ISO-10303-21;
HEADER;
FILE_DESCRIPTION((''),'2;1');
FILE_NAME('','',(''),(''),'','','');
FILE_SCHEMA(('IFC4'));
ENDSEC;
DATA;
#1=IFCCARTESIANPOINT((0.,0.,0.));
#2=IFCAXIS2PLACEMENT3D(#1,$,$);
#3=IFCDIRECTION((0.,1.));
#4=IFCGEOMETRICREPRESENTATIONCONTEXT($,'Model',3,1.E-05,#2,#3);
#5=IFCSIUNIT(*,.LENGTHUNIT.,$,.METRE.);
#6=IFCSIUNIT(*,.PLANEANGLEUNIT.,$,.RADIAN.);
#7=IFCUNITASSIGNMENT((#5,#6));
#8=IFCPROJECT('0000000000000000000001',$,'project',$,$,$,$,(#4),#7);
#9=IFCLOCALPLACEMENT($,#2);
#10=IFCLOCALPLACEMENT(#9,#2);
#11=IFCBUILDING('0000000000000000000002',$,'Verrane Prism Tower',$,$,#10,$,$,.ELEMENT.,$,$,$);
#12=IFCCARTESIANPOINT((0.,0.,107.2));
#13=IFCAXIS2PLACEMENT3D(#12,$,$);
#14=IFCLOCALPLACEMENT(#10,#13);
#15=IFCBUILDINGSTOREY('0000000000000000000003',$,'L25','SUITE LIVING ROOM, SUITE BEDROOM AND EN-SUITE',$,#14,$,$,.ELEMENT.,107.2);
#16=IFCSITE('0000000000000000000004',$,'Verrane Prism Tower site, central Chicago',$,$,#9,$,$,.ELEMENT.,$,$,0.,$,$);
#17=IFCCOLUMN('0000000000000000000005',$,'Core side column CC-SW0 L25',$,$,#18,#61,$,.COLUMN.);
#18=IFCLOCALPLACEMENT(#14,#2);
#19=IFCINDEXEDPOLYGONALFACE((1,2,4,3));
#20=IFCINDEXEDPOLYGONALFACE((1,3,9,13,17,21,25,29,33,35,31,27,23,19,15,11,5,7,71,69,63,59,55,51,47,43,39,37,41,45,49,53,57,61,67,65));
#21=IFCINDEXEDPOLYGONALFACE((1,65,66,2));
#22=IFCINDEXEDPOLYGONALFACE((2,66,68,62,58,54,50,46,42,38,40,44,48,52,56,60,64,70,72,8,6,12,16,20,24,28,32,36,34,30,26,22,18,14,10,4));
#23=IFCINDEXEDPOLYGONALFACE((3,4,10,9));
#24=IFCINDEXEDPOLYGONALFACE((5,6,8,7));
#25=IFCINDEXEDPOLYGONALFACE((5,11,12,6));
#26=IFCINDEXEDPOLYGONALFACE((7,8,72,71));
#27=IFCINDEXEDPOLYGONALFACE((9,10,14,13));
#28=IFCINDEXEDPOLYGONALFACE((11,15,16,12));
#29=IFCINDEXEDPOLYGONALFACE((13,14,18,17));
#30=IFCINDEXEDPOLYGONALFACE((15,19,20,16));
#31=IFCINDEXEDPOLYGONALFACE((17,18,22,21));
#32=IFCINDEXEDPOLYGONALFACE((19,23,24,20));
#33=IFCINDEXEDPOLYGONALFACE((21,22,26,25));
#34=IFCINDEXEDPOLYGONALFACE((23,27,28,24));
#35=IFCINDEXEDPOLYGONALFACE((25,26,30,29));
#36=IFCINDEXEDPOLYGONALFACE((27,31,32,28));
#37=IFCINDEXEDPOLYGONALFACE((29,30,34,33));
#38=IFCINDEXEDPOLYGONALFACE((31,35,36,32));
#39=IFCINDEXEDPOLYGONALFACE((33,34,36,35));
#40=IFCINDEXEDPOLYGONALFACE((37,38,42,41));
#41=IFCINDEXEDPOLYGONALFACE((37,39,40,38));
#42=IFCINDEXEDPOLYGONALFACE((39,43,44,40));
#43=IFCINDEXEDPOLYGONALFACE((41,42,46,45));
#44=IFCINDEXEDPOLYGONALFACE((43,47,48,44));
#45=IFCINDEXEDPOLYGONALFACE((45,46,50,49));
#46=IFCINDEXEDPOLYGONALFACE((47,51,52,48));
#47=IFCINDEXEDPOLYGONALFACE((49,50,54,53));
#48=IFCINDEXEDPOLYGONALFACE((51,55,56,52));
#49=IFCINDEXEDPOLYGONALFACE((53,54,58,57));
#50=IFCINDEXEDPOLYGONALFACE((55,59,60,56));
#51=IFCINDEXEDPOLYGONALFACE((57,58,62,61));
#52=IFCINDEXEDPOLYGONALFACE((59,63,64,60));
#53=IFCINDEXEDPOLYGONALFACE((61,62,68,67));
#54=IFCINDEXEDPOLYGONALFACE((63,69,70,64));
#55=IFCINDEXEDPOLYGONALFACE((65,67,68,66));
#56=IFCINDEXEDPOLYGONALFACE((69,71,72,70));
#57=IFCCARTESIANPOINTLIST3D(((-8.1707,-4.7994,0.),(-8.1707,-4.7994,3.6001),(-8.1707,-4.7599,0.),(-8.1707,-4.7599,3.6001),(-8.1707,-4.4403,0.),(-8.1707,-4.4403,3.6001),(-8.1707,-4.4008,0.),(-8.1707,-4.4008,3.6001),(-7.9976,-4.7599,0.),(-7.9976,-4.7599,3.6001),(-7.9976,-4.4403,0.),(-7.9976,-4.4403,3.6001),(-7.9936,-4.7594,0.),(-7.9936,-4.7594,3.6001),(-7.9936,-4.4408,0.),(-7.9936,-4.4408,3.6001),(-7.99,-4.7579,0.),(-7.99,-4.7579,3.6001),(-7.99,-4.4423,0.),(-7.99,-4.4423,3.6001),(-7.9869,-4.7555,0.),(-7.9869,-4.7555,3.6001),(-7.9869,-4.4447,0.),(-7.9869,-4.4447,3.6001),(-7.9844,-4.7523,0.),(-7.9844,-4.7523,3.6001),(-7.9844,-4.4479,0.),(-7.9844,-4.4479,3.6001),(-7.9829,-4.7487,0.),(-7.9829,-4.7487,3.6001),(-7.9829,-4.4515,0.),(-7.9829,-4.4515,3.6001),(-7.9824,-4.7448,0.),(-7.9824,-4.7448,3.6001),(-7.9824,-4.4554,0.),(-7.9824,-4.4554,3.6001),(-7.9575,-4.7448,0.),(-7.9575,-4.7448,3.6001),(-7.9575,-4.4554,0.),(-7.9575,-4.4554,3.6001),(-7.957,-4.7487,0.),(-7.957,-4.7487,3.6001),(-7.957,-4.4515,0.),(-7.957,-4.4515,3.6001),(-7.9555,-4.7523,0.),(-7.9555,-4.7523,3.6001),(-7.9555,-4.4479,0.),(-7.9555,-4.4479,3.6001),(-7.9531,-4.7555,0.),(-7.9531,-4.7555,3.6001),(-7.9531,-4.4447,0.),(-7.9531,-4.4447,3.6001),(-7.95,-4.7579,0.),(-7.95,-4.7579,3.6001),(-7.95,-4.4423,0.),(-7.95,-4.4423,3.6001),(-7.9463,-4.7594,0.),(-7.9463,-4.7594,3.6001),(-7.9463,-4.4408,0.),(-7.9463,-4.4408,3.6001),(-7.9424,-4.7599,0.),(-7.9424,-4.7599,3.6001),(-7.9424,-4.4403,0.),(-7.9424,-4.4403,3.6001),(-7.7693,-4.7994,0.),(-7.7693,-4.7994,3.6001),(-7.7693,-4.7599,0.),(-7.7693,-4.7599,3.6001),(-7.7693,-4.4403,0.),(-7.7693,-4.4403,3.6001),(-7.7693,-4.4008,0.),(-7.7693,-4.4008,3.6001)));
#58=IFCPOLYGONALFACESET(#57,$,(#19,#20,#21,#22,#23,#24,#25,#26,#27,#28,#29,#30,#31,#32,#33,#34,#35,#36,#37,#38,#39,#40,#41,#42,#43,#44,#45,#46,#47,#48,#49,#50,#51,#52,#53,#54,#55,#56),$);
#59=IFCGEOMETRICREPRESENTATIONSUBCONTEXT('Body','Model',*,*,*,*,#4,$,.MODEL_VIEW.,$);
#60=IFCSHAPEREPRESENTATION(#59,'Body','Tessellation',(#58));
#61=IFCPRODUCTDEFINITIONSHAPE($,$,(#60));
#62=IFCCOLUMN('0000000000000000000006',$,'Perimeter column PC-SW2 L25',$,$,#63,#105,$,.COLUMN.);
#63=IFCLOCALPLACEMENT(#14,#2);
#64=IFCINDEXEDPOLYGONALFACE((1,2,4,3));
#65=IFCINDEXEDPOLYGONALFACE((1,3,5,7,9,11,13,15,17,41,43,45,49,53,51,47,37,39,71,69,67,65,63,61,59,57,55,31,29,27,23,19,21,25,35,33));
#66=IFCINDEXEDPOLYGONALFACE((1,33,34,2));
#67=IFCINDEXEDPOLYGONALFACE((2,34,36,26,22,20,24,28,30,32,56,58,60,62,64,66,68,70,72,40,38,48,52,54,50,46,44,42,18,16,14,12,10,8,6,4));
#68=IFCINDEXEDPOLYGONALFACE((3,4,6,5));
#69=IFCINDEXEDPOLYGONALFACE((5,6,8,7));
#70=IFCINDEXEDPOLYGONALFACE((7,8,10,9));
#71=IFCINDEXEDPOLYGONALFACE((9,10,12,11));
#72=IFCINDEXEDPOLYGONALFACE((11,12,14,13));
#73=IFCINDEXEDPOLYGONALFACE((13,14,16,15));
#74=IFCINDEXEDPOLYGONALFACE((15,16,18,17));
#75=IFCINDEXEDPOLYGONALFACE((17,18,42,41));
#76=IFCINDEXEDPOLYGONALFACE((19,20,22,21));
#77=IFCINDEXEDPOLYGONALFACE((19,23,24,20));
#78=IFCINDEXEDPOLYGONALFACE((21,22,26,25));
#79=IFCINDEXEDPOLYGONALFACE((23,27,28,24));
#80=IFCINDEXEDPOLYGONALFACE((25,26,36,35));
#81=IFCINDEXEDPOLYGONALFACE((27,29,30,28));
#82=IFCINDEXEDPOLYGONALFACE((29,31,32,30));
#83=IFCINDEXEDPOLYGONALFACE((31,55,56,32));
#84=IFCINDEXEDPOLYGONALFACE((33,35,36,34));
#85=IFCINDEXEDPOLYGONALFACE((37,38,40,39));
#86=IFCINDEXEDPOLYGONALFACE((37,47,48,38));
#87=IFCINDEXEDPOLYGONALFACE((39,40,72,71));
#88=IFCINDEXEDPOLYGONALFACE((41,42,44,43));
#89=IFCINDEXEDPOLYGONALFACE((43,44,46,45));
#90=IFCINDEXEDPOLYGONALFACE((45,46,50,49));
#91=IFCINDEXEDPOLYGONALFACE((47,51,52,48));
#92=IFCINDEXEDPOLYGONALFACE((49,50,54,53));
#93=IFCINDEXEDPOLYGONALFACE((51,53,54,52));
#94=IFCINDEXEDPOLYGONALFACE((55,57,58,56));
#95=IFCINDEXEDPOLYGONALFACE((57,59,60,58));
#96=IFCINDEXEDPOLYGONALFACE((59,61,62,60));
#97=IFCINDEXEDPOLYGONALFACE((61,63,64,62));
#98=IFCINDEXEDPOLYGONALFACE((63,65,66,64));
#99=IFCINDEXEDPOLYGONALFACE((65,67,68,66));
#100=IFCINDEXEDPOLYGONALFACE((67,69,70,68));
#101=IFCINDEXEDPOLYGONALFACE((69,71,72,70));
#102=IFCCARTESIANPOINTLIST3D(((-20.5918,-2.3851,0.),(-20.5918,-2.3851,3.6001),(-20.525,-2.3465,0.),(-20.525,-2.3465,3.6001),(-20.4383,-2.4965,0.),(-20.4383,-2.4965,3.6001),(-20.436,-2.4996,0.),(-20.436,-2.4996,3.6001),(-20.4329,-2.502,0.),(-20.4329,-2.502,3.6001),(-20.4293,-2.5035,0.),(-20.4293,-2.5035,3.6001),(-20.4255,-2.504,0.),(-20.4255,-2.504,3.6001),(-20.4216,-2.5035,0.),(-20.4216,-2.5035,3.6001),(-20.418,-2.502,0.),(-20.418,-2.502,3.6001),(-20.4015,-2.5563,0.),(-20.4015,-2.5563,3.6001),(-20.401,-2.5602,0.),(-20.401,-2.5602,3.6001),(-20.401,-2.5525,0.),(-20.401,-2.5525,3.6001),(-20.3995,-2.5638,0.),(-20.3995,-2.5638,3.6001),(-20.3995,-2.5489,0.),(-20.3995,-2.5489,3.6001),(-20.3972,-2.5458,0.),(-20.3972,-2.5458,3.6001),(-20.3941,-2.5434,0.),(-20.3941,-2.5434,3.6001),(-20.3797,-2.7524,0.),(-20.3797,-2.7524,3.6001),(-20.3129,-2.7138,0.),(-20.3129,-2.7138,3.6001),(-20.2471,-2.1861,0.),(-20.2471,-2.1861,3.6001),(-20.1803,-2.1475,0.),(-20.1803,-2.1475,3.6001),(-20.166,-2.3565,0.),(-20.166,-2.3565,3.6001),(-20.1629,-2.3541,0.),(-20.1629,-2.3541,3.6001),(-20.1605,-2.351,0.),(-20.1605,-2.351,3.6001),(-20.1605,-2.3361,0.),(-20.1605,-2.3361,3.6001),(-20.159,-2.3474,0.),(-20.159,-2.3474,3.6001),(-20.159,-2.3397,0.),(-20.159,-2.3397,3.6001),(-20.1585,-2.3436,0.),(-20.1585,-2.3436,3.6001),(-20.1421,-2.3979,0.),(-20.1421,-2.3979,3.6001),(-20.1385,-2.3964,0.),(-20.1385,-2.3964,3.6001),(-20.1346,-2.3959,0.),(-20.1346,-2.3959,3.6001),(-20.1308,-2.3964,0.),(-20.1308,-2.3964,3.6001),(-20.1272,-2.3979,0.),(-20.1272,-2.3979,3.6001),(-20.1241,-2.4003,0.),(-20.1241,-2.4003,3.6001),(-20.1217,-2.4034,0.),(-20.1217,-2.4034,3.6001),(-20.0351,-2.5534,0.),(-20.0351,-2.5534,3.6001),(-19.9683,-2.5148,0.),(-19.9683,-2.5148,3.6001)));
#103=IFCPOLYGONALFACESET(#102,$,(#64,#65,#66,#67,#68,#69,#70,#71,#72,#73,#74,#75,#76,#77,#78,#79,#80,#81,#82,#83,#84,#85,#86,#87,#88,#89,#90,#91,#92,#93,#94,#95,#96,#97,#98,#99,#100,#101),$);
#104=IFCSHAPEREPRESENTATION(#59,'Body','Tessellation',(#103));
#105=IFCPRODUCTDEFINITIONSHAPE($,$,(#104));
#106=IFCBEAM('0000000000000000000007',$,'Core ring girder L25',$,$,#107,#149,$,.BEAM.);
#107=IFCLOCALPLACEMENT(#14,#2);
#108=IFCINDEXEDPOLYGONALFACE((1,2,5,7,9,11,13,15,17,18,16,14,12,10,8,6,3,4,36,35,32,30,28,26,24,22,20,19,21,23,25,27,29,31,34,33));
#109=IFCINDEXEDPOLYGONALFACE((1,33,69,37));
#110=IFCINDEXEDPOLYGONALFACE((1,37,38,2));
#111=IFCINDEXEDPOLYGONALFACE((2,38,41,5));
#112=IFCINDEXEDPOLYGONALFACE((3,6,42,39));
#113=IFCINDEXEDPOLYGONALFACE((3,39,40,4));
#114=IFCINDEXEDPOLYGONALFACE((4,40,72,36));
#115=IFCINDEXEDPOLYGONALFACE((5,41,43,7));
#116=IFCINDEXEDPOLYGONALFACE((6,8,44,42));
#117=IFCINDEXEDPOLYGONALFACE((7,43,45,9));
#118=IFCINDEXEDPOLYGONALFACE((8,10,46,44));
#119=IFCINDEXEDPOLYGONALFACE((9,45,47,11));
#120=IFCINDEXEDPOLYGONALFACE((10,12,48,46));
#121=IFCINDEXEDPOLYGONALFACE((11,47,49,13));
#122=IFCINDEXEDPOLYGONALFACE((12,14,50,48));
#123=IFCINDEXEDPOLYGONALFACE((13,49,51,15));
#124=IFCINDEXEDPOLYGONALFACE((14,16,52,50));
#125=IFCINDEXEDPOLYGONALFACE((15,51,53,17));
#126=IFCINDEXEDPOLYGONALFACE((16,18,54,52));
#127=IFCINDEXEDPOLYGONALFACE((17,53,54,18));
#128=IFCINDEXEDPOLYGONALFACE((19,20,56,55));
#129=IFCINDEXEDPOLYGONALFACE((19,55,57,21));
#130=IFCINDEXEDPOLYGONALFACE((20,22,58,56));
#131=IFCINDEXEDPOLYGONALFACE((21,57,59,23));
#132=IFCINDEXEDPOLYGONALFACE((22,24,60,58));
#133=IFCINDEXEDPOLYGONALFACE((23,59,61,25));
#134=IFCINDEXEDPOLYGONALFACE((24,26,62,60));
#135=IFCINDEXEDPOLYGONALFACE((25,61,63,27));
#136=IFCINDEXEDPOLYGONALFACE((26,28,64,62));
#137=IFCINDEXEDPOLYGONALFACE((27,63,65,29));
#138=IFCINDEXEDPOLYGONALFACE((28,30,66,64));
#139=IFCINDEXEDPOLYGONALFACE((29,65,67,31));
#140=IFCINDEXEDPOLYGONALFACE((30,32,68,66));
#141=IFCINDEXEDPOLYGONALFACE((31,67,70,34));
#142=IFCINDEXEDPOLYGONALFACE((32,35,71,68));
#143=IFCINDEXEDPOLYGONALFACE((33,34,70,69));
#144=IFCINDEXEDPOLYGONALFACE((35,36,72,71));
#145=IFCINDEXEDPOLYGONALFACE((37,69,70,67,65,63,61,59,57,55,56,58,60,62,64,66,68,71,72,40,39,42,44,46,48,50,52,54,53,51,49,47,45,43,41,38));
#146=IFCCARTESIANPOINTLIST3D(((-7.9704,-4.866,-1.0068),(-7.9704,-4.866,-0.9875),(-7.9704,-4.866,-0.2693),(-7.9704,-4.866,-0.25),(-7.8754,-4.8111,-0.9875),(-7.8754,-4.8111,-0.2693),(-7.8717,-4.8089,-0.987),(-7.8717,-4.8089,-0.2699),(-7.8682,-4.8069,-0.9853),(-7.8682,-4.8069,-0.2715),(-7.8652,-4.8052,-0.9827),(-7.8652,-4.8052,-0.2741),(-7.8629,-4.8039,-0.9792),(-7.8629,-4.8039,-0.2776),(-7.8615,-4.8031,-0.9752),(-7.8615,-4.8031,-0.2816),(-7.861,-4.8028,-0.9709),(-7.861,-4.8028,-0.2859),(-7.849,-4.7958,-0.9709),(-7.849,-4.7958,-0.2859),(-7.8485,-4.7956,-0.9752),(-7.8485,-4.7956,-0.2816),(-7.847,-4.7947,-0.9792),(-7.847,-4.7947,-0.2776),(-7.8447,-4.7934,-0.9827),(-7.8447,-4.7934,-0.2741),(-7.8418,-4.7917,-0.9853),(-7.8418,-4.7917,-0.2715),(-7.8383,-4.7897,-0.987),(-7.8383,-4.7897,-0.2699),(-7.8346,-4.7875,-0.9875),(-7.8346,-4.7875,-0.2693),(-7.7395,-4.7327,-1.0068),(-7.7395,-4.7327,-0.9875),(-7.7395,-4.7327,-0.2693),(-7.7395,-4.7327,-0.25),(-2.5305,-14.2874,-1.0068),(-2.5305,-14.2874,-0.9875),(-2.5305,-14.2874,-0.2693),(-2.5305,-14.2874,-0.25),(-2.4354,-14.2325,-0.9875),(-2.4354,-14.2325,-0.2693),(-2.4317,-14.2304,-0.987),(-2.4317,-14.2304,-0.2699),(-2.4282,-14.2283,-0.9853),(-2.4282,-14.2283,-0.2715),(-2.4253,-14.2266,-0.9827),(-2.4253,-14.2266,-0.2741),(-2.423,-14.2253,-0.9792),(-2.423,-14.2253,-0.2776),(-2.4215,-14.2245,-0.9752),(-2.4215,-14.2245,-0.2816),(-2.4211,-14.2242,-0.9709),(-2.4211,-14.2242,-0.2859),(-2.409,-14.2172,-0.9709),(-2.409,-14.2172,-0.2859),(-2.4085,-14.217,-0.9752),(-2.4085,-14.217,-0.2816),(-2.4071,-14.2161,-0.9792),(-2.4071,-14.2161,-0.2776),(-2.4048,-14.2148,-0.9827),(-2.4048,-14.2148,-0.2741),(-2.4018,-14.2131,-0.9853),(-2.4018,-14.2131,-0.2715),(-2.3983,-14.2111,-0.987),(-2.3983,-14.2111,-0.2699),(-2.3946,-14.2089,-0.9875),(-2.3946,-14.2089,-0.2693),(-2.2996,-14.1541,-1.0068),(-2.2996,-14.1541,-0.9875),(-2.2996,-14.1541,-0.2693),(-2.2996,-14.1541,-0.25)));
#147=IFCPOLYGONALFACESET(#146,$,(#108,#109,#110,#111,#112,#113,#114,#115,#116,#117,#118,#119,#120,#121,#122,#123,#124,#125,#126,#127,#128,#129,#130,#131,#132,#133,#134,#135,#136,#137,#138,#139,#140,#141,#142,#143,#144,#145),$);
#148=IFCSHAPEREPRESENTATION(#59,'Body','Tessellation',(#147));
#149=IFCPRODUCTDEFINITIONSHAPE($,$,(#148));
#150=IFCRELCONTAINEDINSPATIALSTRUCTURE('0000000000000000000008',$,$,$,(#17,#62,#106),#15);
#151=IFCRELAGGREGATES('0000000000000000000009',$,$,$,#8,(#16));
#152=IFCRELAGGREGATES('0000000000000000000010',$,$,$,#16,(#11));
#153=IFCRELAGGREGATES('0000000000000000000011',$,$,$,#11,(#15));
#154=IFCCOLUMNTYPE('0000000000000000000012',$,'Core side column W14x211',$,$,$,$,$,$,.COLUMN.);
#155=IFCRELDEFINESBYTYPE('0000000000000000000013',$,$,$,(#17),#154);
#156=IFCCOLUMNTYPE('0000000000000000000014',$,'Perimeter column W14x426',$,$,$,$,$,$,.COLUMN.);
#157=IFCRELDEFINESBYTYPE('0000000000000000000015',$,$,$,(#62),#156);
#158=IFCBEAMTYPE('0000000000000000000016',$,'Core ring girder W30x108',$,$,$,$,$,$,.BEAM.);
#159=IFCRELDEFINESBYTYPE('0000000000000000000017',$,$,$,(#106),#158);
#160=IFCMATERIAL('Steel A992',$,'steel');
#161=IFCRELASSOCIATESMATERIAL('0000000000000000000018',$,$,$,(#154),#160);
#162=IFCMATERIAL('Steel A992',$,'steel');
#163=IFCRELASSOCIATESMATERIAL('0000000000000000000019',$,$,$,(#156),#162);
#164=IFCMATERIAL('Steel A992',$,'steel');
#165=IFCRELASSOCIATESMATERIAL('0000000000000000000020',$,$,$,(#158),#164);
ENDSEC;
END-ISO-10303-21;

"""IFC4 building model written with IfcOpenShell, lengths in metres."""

from ifc_helpers import new_model, si_unit, direction, frame, origin, origin_2d, place, context, subcontext, project, spatial, i_section, extrude, material, material_profile, profile_set, type_object, element, save


model = new_model("IFC4")

# Units and contexts
model_context = context("Model", 3, precision=1e-05, world=origin(), true_north=direction((0.0, 1.0)))
body_context = subcontext(model_context, "Body", "Model", "MODEL_VIEW")
ifc_project = project(units=[si_unit("LENGTHUNIT", "METRE"), si_unit("PLANEANGLEUNIT", "RADIAN")], contexts=[model_context])

# Site, building, storey
site_placement = place(None, origin())
site = spatial("IfcSite", under=ifc_project, at=site_placement, Name="Verrane Prism Tower site, central Chicago", CompositionType="ELEMENT", RefElevation=0.0)
building_placement = place(site_placement, origin())
building = spatial("IfcBuilding", under=site, at=building_placement, Name="Verrane Prism Tower", CompositionType="ELEMENT")
storey_placement = place(building_placement, frame((0.0, 0.0, 107.2)))
storey = spatial("IfcBuildingStorey", under=building, at=storey_placement, Name="L25", Description="SUITE LIVING ROOM, SUITE BEDROOM AND EN-SUITE", CompositionType="ELEMENT", Elevation=107.2)

# Columns
ifc_material_1 = material(Name="Steel A992", Category="steel")
ifc_material_profile_1 = material_profile(ifc_material_1, i_section(OverallWidth=0.4014, OverallDepth=0.3987, WebThickness=0.0249, FlangeThickness=0.0396, FilletRadius=0.0151, at=origin_2d()), Name="W14x211")
ifc_profile_set_1 = profile_set([ifc_material_profile_1], Name="Steel A992")
column_type_1 = type_object("IfcColumnType", Name="Core side column W14x211", PredefinedType="COLUMN", material=ifc_profile_set_1)
column_1_placement = place(storey_placement, frame((-7.97, -4.6001, 0.0), z_axis=(0.0, 0.0, 1.0), x_axis=(1.0, 0.0, 0.0)))
element("IfcColumn", 1, at=column_1_placement, inside=storey, type_object=column_type_1, Name="Core side column CC-SW0 L25", PredefinedType="COLUMN", context=body_context, shape_type="SweptSolid", body=[
    extrude(i_section(OverallWidth=0.4014, OverallDepth=0.3987, WebThickness=0.0249, FlangeThickness=0.0396, FilletRadius=0.0151, at=origin_2d()), origin(), (0.0, 0.0, 1.0), 3.6001),
])
ifc_material_2 = material(Name="Steel A992", Category="steel")
ifc_material_profile_2 = material_profile(ifc_material_2, i_section(OverallWidth=0.4241, OverallDepth=0.4751, WebThickness=0.0479, FlangeThickness=0.0771, FilletRadius=0.0149, at=origin_2d()), Name="W14x426")
ifc_profile_set_2 = profile_set([ifc_material_profile_2], Name="Steel A992")
column_type_2 = type_object("IfcColumnType", Name="Perimeter column W14x426", PredefinedType="COLUMN", material=ifc_profile_set_2)
column_2_placement = place(storey_placement, frame((-20.28, -2.45, 0.0), z_axis=(0.0, 0.0, 1.0), x_axis=(-0.5, 0.866025, 0.0)))
element("IfcColumn", 2, at=column_2_placement, inside=storey, type_object=column_type_2, Name="Perimeter column PC-SW2 L25", PredefinedType="COLUMN", context=body_context, shape_type="SweptSolid", body=[
    extrude(i_section(OverallWidth=0.4241, OverallDepth=0.4751, WebThickness=0.0479, FlangeThickness=0.0771, FilletRadius=0.0149, at=origin_2d()), origin(), (0.0, 0.0, 1.0), 3.6001),
])

# Beam
ifc_material_3 = material(Name="Steel A992", Category="steel")
ifc_material_profile_3 = material_profile(ifc_material_3, i_section(OverallWidth=0.2666, OverallDepth=0.7568, WebThickness=0.0139, FlangeThickness=0.0193, FilletRadius=0.0166, at=origin_2d()), Name="W30x108")
ifc_profile_set_3 = profile_set([ifc_material_profile_3], Name="Steel A992")
beam_type_1 = type_object("IfcBeamType", Name="Core ring girder W30x108", PredefinedType="BEAM", material=ifc_profile_set_3)
beam_1_placement = place(storey_placement, frame((-7.855, -4.7993, -0.6284), z_axis=(0.500035, -0.866005, 0.0), x_axis=(0.866005, 0.500035, 0.0)))
element("IfcBeam", 3, at=beam_1_placement, inside=storey, type_object=beam_type_1, Name="Core ring girder L25", PredefinedType="BEAM", context=body_context, shape_type="SweptSolid", body=[
    extrude(i_section(OverallWidth=0.2666, OverallDepth=0.7568, WebThickness=0.0139, FlangeThickness=0.0193, FilletRadius=0.0166, at=origin_2d()), origin(), (0.0, 0.0, 1.0), 10.8792),
])

save(model, "model.ifc")
